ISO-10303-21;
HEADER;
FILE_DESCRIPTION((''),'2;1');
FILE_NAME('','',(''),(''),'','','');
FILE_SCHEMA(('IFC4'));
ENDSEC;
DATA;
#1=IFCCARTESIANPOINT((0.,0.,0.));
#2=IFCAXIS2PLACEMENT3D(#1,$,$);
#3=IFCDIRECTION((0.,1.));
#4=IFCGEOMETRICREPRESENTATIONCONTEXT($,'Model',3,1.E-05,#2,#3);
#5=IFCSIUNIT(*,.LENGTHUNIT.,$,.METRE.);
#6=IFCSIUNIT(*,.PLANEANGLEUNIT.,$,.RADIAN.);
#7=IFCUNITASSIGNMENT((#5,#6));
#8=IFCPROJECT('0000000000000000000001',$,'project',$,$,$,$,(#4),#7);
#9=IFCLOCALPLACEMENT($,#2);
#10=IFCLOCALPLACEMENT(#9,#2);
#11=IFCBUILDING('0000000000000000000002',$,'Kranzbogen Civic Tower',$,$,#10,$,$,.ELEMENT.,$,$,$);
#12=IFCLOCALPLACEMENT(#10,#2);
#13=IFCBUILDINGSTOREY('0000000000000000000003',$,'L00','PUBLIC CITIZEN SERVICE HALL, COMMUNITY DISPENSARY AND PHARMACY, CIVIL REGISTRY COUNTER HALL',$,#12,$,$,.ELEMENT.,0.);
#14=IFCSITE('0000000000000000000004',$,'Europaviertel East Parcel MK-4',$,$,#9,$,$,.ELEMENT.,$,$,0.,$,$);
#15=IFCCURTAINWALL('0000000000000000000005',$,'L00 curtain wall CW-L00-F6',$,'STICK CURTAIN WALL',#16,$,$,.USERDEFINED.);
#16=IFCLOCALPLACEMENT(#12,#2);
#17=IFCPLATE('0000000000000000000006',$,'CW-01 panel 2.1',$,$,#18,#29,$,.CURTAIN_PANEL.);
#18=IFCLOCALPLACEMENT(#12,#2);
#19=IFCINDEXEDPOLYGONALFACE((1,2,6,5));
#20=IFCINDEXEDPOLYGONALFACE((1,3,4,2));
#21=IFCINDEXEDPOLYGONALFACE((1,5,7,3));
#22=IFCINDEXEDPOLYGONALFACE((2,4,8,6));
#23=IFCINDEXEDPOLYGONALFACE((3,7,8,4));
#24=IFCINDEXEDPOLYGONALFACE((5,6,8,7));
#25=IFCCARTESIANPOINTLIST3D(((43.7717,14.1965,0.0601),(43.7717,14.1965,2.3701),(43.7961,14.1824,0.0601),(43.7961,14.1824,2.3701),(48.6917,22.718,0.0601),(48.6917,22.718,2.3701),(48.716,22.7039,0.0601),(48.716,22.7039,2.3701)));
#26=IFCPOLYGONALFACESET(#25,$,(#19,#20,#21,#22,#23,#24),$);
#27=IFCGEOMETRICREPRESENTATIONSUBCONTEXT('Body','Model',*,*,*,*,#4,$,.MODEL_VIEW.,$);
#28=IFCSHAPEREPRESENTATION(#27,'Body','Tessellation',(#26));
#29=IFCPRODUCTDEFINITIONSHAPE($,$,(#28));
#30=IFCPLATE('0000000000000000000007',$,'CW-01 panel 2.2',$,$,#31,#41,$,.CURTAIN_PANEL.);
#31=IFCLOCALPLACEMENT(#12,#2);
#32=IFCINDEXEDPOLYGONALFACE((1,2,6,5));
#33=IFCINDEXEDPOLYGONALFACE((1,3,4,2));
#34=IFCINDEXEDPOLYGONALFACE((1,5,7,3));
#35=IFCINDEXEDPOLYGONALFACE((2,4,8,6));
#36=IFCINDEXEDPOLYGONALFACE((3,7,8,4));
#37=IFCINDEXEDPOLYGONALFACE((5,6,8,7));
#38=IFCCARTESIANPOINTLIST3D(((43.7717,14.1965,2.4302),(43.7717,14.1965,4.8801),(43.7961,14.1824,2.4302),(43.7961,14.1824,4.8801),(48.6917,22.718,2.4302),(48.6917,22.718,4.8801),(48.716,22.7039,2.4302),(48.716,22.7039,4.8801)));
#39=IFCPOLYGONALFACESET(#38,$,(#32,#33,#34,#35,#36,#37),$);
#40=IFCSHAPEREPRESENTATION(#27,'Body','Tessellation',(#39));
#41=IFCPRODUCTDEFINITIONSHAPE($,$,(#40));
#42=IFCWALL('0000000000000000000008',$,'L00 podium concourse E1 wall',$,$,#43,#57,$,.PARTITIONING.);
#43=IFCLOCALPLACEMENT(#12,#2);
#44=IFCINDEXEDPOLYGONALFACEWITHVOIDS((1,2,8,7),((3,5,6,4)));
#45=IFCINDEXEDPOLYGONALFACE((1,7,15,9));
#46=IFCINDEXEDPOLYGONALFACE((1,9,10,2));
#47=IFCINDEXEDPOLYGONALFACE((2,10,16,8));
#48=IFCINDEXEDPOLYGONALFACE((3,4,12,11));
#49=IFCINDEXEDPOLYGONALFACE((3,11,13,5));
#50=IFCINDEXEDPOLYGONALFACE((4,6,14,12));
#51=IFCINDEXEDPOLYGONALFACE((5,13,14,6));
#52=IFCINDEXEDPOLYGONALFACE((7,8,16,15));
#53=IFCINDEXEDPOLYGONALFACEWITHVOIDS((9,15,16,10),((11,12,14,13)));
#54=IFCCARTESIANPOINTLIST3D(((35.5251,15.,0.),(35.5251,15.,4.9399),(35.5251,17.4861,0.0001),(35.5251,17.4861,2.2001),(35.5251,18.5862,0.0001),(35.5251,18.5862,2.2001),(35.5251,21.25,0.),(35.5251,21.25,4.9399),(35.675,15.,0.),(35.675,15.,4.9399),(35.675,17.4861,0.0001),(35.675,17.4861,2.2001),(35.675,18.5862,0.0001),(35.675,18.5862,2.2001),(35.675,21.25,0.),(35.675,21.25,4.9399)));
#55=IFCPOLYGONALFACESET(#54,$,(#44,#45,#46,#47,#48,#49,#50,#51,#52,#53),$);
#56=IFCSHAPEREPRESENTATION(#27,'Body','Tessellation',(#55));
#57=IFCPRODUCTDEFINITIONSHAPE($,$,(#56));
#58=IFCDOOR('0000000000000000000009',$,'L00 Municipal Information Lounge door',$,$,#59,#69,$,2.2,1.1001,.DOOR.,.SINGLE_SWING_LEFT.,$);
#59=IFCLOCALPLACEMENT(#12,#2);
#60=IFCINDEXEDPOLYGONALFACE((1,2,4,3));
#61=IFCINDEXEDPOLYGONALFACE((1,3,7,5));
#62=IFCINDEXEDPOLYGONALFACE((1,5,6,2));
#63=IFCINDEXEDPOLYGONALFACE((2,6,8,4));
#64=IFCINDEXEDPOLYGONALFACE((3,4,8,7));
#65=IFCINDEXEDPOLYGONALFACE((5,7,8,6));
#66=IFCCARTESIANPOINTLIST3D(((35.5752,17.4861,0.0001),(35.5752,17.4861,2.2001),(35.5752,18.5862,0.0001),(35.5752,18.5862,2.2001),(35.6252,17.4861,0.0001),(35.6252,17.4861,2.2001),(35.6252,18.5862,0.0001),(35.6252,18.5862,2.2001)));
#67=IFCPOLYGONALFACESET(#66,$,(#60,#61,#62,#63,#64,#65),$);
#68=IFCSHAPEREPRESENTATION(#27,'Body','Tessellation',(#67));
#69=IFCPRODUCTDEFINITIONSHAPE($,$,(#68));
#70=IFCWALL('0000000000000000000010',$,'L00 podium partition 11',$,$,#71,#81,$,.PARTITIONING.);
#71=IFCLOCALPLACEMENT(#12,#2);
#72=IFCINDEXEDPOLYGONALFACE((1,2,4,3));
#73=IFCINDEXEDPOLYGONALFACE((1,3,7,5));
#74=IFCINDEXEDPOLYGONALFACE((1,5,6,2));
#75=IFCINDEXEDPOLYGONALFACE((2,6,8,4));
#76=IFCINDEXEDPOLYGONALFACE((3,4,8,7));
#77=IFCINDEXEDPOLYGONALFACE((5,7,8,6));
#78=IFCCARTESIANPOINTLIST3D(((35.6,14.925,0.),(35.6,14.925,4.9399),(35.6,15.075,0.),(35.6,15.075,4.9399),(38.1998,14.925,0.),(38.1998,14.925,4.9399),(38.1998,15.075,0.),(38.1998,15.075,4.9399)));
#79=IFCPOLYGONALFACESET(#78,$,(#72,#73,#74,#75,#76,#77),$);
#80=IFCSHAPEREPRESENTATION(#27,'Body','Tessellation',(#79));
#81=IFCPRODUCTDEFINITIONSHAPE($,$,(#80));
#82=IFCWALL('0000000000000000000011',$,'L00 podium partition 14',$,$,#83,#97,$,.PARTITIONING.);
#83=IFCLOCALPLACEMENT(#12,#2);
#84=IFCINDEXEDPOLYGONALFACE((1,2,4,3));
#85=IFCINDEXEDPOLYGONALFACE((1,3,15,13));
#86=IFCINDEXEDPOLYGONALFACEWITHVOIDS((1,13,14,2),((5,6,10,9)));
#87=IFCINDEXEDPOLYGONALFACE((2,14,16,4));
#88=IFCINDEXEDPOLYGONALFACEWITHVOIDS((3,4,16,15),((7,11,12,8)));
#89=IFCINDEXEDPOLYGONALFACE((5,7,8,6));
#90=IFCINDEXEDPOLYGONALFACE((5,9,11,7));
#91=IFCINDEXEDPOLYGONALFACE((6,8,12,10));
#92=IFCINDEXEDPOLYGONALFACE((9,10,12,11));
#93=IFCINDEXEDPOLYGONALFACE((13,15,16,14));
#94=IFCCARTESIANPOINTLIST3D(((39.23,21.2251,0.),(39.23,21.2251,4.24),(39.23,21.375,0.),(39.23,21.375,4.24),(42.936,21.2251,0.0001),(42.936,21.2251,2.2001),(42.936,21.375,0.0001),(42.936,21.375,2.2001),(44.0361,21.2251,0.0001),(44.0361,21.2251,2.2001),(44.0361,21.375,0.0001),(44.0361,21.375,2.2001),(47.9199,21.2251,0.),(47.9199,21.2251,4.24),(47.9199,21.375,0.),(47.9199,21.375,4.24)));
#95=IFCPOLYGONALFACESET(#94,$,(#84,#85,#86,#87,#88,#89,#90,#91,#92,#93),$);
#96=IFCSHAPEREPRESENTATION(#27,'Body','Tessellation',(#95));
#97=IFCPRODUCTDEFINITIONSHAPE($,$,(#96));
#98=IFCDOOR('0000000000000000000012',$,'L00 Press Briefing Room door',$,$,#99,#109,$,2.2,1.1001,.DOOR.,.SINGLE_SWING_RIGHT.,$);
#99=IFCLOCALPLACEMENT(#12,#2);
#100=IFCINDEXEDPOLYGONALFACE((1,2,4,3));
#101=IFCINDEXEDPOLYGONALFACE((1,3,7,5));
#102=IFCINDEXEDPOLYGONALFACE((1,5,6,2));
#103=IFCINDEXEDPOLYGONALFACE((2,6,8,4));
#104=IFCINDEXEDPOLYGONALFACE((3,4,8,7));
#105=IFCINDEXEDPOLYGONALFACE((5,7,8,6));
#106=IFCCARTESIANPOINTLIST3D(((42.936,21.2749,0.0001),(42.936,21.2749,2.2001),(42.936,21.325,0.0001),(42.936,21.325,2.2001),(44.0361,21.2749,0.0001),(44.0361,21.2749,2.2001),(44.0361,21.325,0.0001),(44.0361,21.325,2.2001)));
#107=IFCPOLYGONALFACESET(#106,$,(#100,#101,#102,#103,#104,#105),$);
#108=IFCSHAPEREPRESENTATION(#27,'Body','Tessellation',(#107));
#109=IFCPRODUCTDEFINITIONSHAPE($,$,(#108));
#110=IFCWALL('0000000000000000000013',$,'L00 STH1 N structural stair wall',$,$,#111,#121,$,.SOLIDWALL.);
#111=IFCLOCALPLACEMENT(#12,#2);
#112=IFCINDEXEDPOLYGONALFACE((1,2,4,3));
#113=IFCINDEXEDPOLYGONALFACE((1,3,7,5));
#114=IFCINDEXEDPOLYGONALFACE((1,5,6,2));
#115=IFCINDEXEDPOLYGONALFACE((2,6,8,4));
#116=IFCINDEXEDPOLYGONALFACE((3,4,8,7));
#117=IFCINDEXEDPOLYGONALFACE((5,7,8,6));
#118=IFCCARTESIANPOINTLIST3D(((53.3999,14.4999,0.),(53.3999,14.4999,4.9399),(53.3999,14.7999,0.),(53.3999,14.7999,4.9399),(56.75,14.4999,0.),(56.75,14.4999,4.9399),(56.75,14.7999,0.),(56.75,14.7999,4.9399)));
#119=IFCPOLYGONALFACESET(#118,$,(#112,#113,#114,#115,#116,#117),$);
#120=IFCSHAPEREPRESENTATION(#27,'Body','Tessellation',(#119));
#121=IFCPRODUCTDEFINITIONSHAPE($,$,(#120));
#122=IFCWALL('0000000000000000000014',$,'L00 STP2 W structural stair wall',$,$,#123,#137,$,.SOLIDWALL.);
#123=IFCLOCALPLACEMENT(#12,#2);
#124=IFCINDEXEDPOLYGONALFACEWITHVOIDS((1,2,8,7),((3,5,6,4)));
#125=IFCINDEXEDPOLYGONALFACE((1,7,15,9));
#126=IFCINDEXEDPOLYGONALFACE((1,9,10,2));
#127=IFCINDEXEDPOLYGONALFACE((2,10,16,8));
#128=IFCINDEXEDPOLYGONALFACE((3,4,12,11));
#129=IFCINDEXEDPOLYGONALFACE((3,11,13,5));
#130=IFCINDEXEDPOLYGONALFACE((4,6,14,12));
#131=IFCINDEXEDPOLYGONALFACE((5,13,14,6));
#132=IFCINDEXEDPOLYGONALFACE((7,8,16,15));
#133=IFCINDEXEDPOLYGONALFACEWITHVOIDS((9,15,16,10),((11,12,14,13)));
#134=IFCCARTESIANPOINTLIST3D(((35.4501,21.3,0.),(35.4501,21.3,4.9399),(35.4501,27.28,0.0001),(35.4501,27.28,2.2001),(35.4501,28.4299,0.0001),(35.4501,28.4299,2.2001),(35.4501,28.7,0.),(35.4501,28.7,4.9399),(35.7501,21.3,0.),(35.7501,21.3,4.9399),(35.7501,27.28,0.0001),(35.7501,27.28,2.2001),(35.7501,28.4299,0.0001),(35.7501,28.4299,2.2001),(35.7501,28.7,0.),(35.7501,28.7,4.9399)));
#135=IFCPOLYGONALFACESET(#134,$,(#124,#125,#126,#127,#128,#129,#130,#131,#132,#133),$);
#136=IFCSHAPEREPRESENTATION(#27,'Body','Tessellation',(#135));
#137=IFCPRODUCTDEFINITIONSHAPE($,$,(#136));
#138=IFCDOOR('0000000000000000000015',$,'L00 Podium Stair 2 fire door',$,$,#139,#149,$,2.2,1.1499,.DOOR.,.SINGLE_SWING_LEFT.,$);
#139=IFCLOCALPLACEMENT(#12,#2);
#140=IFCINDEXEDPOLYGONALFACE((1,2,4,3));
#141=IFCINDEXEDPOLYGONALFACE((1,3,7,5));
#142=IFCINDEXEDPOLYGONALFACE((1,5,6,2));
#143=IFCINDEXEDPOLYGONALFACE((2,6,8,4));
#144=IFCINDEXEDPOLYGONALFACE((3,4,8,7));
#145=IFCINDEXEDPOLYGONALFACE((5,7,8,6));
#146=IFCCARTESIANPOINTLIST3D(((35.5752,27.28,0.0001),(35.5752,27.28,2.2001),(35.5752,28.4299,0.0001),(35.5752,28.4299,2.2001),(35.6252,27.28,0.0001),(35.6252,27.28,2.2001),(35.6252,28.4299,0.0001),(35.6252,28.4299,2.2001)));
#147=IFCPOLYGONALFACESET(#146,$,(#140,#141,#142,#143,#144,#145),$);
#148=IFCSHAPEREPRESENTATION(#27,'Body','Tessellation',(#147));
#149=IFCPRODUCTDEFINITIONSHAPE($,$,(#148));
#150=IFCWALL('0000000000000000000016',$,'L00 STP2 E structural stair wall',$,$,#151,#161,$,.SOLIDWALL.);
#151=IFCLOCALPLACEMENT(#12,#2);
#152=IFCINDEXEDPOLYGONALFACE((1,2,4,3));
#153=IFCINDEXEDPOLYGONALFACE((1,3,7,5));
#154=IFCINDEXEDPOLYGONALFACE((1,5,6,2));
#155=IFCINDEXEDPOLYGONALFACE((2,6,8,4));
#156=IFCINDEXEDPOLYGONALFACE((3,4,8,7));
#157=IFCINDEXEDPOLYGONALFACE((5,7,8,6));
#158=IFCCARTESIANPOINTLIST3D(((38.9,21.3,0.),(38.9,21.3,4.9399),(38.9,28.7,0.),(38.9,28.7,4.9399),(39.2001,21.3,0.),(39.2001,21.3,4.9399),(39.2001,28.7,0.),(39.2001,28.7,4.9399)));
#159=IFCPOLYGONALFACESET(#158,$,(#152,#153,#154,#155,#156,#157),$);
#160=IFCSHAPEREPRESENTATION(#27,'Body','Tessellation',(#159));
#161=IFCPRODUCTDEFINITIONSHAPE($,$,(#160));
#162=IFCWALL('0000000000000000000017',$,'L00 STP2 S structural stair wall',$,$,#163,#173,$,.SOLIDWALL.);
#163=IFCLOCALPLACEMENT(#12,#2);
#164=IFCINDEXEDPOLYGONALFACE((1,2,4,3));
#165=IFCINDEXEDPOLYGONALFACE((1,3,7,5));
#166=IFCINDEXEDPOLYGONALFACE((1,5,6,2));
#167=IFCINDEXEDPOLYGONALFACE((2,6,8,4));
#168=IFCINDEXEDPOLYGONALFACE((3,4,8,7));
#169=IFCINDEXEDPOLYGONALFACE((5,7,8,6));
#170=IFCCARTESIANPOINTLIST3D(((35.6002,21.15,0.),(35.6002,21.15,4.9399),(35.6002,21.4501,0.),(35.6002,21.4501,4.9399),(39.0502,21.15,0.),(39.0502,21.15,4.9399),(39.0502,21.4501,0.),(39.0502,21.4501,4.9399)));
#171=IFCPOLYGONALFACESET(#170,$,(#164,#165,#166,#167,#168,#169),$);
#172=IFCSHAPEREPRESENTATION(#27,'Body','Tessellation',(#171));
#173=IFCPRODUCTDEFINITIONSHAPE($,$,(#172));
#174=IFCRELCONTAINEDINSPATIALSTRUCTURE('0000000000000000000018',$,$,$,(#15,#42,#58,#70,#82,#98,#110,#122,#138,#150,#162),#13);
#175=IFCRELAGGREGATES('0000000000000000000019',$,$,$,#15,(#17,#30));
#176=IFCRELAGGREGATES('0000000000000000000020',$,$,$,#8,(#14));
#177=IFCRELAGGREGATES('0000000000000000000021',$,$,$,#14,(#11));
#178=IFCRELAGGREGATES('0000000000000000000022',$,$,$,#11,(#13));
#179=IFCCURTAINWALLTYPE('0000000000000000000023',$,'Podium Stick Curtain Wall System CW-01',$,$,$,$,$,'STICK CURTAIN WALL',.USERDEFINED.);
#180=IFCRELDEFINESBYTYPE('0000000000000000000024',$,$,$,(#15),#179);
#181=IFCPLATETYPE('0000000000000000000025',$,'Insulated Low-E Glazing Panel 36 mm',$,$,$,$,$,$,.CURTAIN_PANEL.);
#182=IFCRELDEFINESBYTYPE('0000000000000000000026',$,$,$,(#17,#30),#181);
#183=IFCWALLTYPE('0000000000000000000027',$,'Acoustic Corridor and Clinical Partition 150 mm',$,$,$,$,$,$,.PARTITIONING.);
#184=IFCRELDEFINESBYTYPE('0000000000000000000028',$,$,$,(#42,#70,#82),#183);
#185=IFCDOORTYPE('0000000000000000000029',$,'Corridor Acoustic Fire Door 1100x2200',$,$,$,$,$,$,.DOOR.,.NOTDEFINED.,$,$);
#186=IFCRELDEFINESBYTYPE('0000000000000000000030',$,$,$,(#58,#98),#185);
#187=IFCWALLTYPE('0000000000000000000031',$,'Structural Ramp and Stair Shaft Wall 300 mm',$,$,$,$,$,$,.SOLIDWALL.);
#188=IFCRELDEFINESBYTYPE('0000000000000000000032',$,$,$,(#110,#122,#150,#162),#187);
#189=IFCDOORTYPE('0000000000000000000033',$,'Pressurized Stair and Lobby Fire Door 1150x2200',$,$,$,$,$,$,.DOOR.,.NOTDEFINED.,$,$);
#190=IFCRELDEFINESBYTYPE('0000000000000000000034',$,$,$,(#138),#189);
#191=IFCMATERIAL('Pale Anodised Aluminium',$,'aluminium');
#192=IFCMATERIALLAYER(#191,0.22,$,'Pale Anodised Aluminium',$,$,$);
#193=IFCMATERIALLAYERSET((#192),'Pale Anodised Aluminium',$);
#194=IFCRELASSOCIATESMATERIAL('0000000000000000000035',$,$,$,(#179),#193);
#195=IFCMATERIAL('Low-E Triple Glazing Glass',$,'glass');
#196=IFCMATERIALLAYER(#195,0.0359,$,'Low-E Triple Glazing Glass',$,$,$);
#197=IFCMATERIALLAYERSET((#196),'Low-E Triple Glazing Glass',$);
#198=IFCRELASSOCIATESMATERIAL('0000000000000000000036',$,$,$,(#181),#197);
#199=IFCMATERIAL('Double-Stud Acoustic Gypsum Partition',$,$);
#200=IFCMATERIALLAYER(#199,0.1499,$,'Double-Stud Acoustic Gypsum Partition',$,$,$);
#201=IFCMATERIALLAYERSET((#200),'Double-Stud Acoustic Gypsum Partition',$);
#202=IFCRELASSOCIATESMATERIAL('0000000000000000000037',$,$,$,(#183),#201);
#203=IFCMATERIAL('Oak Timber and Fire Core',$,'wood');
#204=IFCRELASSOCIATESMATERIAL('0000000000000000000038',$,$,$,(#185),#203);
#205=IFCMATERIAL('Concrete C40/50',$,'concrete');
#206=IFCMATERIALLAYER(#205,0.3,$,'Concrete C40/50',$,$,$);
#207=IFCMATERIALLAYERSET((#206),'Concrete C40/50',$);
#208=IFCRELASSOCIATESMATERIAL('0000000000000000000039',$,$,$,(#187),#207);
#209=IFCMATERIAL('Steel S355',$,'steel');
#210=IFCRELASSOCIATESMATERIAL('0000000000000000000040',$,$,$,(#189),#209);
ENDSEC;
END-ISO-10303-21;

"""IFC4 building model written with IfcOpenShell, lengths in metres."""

from ifc_helpers import new_model, si_unit, direction, frame, frame_2d, origin, origin_2d, place, context, subcontext, project, spatial, rectangle, extrude, material, layer, layer_set, type_object, element, fill, aggregate, save


model = new_model("IFC4")

# Units and contexts
model_context = context("Model", 3, precision=1e-05, world=origin(), true_north=direction((0.0, 1.0)))
body_context = subcontext(model_context, "Body", "Model", "MODEL_VIEW")
ifc_project = project(units=[si_unit("LENGTHUNIT", "METRE"), si_unit("PLANEANGLEUNIT", "RADIAN")], contexts=[model_context])

# Site, building, storey
site_placement = place(None, origin())
site = spatial("IfcSite", under=ifc_project, at=site_placement, Name="Europaviertel East Parcel MK-4", CompositionType="ELEMENT", RefElevation=0.0)
building_placement = place(site_placement, origin())
building = spatial("IfcBuilding", under=site, at=building_placement, Name="Kranzbogen Civic Tower", CompositionType="ELEMENT")
storey_placement = place(building_placement, origin())
storey = spatial("IfcBuildingStorey", under=building, at=storey_placement, Name="L00", Description="PUBLIC CITIZEN SERVICE HALL, COMMUNITY DISPENSARY AND PHARMACY, CIVIL REGISTRY COUNTER HALL", CompositionType="ELEMENT", Elevation=0.0)

# Shared definitions
ifc_material_1 = material(Name="Concrete C40/50", Category="concrete")

# Shared definitions
ifc_material_2 = material(Name="Pale Anodised Aluminium", Category="aluminium")

# Curtain wall
ifc_layer_1 = layer(ifc_material_2, 0.22, Name="Pale Anodised Aluminium")
ifc_layer_set_1 = layer_set([ifc_layer_1], Name="Pale Anodised Aluminium")
curtain_wall_type_1 = type_object("IfcCurtainWallType", Name="Podium Stick Curtain Wall System CW-01", ElementType="STICK CURTAIN WALL", PredefinedType="USERDEFINED", material=ifc_layer_set_1)
curtain_wall_1_placement = place(storey_placement, origin())
curtain_wall_1 = element("IfcCurtainWall", 1, at=curtain_wall_1_placement, inside=storey, type_object=curtain_wall_type_1, Name="L00 curtain wall CW-L00-F6", ObjectType="STICK CURTAIN WALL", PredefinedType="USERDEFINED")

# Shared definitions
ifc_material_3 = material(Name="Steel S355", Category="steel")

# Plates
ifc_material_4 = material(Name="Low-E Triple Glazing Glass", Category="glass")
ifc_layer_2 = layer(ifc_material_4, 0.0359, Name="Low-E Triple Glazing Glass")
ifc_layer_set_2 = layer_set([ifc_layer_2], Name="Low-E Triple Glazing Glass")
plate_type = type_object("IfcPlateType", Name="Insulated Low-E Glazing Panel 36 mm", PredefinedType="CURTAIN_PANEL", material=ifc_layer_set_2)
plate_1_placement = place(storey_placement, frame((46.2439, 18.4502, 0.0601), z_axis=(0.0, 0.0, 1.0), x_axis=(0.500006, 0.866022, 0.0)))
plate_1 = element("IfcPlate", 2, at=plate_1_placement, type_object=plate_type, Name="CW-01 panel 2.1", PredefinedType="CURTAIN_PANEL", context=body_context, shape_type="SweptSolid", body=[
    extrude(rectangle(XDim=9.8398, YDim=0.0281, at=origin_2d()), origin(), (0.0, 0.0, 1.0), 2.3101),
])
plate_2_placement = place(storey_placement, frame((46.2439, 18.4502, 2.4302), z_axis=(0.0, 0.0, 1.0), x_axis=(0.500006, 0.866022, 0.0)))
plate_2 = element("IfcPlate", 3, at=plate_2_placement, type_object=plate_type, Name="CW-01 panel 2.2", PredefinedType="CURTAIN_PANEL", context=body_context, shape_type="SweptSolid", body=[
    extrude(rectangle(XDim=9.8398, YDim=0.0281, at=origin_2d()), origin(), (0.0, 0.0, 1.0), 2.45),
])
aggregate(curtain_wall_1, [plate_1, plate_2])

# Wall, opening, door
ifc_material_5 = material(Name="Double-Stud Acoustic Gypsum Partition")
ifc_layer_3 = layer(ifc_material_5, 0.1499, Name="Double-Stud Acoustic Gypsum Partition")
ifc_layer_set_3 = layer_set([ifc_layer_3], Name="Double-Stud Acoustic Gypsum Partition")
wall_type_1 = type_object("IfcWallType", Name="Acoustic Corridor and Clinical Partition 150 mm", PredefinedType="PARTITIONING", material=ifc_layer_set_3)
wall_1_placement = place(storey_placement, frame((35.6001, 15.0, 0.0), z_axis=(0.0, 0.0, 1.0), x_axis=(0.0, 1.0, 0.0)))
wall_1 = element("IfcWall", 4, at=wall_1_placement, inside=storey, type_object=wall_type_1, Name="L00 podium concourse E1 wall", PredefinedType="PARTITIONING", context=body_context, shape_type="SweptSolid", body=[
    extrude(rectangle(XDim=6.25, YDim=0.1499, at=frame_2d((3.125, 0.0))), origin(), (0.0, 0.0, 1.0), 4.9399),
])
opening_1_placement = place(wall_1_placement, frame((2.4861, 0.0, 0.0)))
opening_1 = element("IfcOpeningElement", 5, at=opening_1_placement, cuts=wall_1, PredefinedType="OPENING", context=body_context, shape_type="SweptSolid", body=[
    extrude(rectangle(XDim=1.1001, YDim=2.2, at=frame_2d((0.55, 1.1001))), frame((0.0, 0.085, 0.0), z_axis=(0.0, -1.0, 0.0), x_axis=(1.0, 0.0, 0.0)), (0.0, 0.0, 1.0), 0.1699),
])
ifc_material_6 = material(Name="Oak Timber and Fire Core", Category="wood")
door_type_1 = type_object("IfcDoorType", Name="Corridor Acoustic Fire Door 1100x2200", OperationType="NOTDEFINED", PredefinedType="DOOR", material=ifc_material_6)
door_1_placement = place(opening_1_placement, origin())
door_1 = element("IfcDoor", 6, at=door_1_placement, inside=storey, type_object=door_type_1, Name="L00 Municipal Information Lounge door", OperationType="SINGLE_SWING_LEFT", OverallHeight=2.2, OverallWidth=1.1001, PredefinedType="DOOR", context=body_context, shape_type="SweptSolid", body=[
    extrude(rectangle(XDim=1.1001, YDim=2.2, at=frame_2d((0.55, 1.1001))), frame((0.0, 0.0249, 0.0), z_axis=(0.0, -1.0, 0.0), x_axis=(1.0, 0.0, 0.0)), (0.0, 0.0, 1.0), 0.05),
])
fill(opening_1, door_1)

# Wall
wall_2_placement = place(storey_placement, frame((35.6001, 15.0, 0.0), z_axis=(0.0, 0.0, 1.0), x_axis=(1.0, 0.0, 0.0)))
element("IfcWall", 7, at=wall_2_placement, inside=storey, type_object=wall_type_1, Name="L00 podium partition 11", PredefinedType="PARTITIONING", context=body_context, shape_type="SweptSolid", body=[
    extrude(rectangle(XDim=2.5999, YDim=0.1499, at=frame_2d((1.2998, 0.0))), origin(), (0.0, 0.0, 1.0), 4.9399),
])

# Wall, opening, door
wall_3_placement = place(storey_placement, frame((39.23, 21.3, 0.0), z_axis=(0.0, 0.0, 1.0), x_axis=(1.0, 0.0, 0.0)))
wall_3 = element("IfcWall", 8, at=wall_3_placement, inside=storey, type_object=wall_type_1, Name="L00 podium partition 14", PredefinedType="PARTITIONING", context=body_context, shape_type="SweptSolid", body=[
    extrude(rectangle(XDim=8.6899, YDim=0.1499, at=frame_2d((4.345, 0.0))), origin(), (0.0, 0.0, 1.0), 4.24),
])
opening_2_placement = place(wall_3_placement, frame((3.7061, 0.0, 0.0)))
opening_2 = element("IfcOpeningElement", 9, at=opening_2_placement, cuts=wall_3, PredefinedType="OPENING", context=body_context, shape_type="SweptSolid", body=[
    extrude(rectangle(XDim=1.1001, YDim=2.2, at=frame_2d((0.55, 1.1001))), frame((0.0, 0.085, 0.0), z_axis=(0.0, -1.0, 0.0), x_axis=(1.0, 0.0, 0.0)), (0.0, 0.0, 1.0), 0.1699),
])
door_2_placement = place(opening_2_placement, origin())
door_2 = element("IfcDoor", 10, at=door_2_placement, inside=storey, type_object=door_type_1, Name="L00 Press Briefing Room door", OperationType="SINGLE_SWING_RIGHT", OverallHeight=2.2, OverallWidth=1.1001, PredefinedType="DOOR", context=body_context, shape_type="SweptSolid", body=[
    extrude(rectangle(XDim=1.1001, YDim=2.2, at=frame_2d((0.55, 1.1001))), frame((0.0, 0.0249, 0.0), z_axis=(0.0, -1.0, 0.0), x_axis=(1.0, 0.0, 0.0)), (0.0, 0.0, 1.0), 0.05),
])
fill(opening_2, door_2)

# Wall
ifc_layer_4 = layer(ifc_material_1, 0.3, Name="Concrete C40/50")
ifc_layer_set_4 = layer_set([ifc_layer_4], Name="Concrete C40/50")
wall_type_2 = type_object("IfcWallType", Name="Structural Ramp and Stair Shaft Wall 300 mm", PredefinedType="SOLIDWALL", material=ifc_layer_set_4)
wall_4_placement = place(storey_placement, frame((53.3999, 14.6499, 0.0), z_axis=(0.0, 0.0, 1.0), x_axis=(1.0, 0.0, 0.0)))
element("IfcWall", 11, at=wall_4_placement, inside=storey, type_object=wall_type_2, Name="L00 STH1 N structural stair wall", PredefinedType="SOLIDWALL", context=body_context, shape_type="SweptSolid", body=[
    extrude(rectangle(XDim=3.3501, YDim=0.3, at=frame_2d((1.675, 0.0))), origin(), (0.0, 0.0, 1.0), 4.9399),
])

# Wall, opening, door
wall_5_placement = place(storey_placement, frame((35.6001, 21.3, 0.0), z_axis=(0.0, 0.0, 1.0), x_axis=(0.0, 1.0, 0.0)))
wall_5 = element("IfcWall", 12, at=wall_5_placement, inside=storey, type_object=wall_type_2, Name="L00 STP2 W structural stair wall", PredefinedType="SOLIDWALL", context=body_context, shape_type="SweptSolid", body=[
    extrude(rectangle(XDim=7.3999, YDim=0.3, at=frame_2d((3.7, 0.0))), origin(), (0.0, 0.0, 1.0), 4.9399),
])
opening_3_placement = place(wall_5_placement, frame((5.98, 0.0, 0.0)))
opening_3 = element("IfcOpeningElement", 13, at=opening_3_placement, cuts=wall_5, PredefinedType="OPENING", context=body_context, shape_type="SweptSolid", body=[
    extrude(rectangle(XDim=1.1499, YDim=2.2, at=frame_2d((0.575, 1.1001))), frame((0.0, 0.1602, 0.0), z_axis=(0.0, -1.0, 0.0), x_axis=(1.0, 0.0, 0.0)), (0.0, 0.0, 1.0), 0.3201),
])
door_type_2 = type_object("IfcDoorType", Name="Pressurized Stair and Lobby Fire Door 1150x2200", OperationType="NOTDEFINED", PredefinedType="DOOR", material=ifc_material_3)
door_3_placement = place(opening_3_placement, origin())
door_3 = element("IfcDoor", 14, at=door_3_placement, inside=storey, type_object=door_type_2, Name="L00 Podium Stair 2 fire door", OperationType="SINGLE_SWING_LEFT", OverallHeight=2.2, OverallWidth=1.1499, PredefinedType="DOOR", context=body_context, shape_type="SweptSolid", body=[
    extrude(rectangle(XDim=1.1499, YDim=2.2, at=frame_2d((0.575, 1.1001))), frame((0.0, 0.0249, 0.0), z_axis=(0.0, -1.0, 0.0), x_axis=(1.0, 0.0, 0.0)), (0.0, 0.0, 1.0), 0.05),
])
fill(opening_3, door_3)

# Walls
wall_6_placement = place(storey_placement, frame((39.05, 21.3, 0.0), z_axis=(0.0, 0.0, 1.0), x_axis=(0.0, 1.0, 0.0)))
element("IfcWall", 15, at=wall_6_placement, inside=storey, type_object=wall_type_2, Name="L00 STP2 E structural stair wall", PredefinedType="SOLIDWALL", context=body_context, shape_type="SweptSolid", body=[
    extrude(rectangle(XDim=7.3999, YDim=0.3, at=frame_2d((3.7, 0.0))), origin(), (0.0, 0.0, 1.0), 4.9399),
])
wall_7_placement = place(storey_placement, frame((35.6001, 21.3, 0.0), z_axis=(0.0, 0.0, 1.0), x_axis=(1.0, 0.0, 0.0)))
element("IfcWall", 16, at=wall_7_placement, inside=storey, type_object=wall_type_2, Name="L00 STP2 S structural stair wall", PredefinedType="SOLIDWALL", context=body_context, shape_type="SweptSolid", body=[
    extrude(rectangle(XDim=3.45, YDim=0.3, at=frame_2d((1.7251, 0.0))), origin(), (0.0, 0.0, 1.0), 4.9399),
])

save(model, "model.ifc")
